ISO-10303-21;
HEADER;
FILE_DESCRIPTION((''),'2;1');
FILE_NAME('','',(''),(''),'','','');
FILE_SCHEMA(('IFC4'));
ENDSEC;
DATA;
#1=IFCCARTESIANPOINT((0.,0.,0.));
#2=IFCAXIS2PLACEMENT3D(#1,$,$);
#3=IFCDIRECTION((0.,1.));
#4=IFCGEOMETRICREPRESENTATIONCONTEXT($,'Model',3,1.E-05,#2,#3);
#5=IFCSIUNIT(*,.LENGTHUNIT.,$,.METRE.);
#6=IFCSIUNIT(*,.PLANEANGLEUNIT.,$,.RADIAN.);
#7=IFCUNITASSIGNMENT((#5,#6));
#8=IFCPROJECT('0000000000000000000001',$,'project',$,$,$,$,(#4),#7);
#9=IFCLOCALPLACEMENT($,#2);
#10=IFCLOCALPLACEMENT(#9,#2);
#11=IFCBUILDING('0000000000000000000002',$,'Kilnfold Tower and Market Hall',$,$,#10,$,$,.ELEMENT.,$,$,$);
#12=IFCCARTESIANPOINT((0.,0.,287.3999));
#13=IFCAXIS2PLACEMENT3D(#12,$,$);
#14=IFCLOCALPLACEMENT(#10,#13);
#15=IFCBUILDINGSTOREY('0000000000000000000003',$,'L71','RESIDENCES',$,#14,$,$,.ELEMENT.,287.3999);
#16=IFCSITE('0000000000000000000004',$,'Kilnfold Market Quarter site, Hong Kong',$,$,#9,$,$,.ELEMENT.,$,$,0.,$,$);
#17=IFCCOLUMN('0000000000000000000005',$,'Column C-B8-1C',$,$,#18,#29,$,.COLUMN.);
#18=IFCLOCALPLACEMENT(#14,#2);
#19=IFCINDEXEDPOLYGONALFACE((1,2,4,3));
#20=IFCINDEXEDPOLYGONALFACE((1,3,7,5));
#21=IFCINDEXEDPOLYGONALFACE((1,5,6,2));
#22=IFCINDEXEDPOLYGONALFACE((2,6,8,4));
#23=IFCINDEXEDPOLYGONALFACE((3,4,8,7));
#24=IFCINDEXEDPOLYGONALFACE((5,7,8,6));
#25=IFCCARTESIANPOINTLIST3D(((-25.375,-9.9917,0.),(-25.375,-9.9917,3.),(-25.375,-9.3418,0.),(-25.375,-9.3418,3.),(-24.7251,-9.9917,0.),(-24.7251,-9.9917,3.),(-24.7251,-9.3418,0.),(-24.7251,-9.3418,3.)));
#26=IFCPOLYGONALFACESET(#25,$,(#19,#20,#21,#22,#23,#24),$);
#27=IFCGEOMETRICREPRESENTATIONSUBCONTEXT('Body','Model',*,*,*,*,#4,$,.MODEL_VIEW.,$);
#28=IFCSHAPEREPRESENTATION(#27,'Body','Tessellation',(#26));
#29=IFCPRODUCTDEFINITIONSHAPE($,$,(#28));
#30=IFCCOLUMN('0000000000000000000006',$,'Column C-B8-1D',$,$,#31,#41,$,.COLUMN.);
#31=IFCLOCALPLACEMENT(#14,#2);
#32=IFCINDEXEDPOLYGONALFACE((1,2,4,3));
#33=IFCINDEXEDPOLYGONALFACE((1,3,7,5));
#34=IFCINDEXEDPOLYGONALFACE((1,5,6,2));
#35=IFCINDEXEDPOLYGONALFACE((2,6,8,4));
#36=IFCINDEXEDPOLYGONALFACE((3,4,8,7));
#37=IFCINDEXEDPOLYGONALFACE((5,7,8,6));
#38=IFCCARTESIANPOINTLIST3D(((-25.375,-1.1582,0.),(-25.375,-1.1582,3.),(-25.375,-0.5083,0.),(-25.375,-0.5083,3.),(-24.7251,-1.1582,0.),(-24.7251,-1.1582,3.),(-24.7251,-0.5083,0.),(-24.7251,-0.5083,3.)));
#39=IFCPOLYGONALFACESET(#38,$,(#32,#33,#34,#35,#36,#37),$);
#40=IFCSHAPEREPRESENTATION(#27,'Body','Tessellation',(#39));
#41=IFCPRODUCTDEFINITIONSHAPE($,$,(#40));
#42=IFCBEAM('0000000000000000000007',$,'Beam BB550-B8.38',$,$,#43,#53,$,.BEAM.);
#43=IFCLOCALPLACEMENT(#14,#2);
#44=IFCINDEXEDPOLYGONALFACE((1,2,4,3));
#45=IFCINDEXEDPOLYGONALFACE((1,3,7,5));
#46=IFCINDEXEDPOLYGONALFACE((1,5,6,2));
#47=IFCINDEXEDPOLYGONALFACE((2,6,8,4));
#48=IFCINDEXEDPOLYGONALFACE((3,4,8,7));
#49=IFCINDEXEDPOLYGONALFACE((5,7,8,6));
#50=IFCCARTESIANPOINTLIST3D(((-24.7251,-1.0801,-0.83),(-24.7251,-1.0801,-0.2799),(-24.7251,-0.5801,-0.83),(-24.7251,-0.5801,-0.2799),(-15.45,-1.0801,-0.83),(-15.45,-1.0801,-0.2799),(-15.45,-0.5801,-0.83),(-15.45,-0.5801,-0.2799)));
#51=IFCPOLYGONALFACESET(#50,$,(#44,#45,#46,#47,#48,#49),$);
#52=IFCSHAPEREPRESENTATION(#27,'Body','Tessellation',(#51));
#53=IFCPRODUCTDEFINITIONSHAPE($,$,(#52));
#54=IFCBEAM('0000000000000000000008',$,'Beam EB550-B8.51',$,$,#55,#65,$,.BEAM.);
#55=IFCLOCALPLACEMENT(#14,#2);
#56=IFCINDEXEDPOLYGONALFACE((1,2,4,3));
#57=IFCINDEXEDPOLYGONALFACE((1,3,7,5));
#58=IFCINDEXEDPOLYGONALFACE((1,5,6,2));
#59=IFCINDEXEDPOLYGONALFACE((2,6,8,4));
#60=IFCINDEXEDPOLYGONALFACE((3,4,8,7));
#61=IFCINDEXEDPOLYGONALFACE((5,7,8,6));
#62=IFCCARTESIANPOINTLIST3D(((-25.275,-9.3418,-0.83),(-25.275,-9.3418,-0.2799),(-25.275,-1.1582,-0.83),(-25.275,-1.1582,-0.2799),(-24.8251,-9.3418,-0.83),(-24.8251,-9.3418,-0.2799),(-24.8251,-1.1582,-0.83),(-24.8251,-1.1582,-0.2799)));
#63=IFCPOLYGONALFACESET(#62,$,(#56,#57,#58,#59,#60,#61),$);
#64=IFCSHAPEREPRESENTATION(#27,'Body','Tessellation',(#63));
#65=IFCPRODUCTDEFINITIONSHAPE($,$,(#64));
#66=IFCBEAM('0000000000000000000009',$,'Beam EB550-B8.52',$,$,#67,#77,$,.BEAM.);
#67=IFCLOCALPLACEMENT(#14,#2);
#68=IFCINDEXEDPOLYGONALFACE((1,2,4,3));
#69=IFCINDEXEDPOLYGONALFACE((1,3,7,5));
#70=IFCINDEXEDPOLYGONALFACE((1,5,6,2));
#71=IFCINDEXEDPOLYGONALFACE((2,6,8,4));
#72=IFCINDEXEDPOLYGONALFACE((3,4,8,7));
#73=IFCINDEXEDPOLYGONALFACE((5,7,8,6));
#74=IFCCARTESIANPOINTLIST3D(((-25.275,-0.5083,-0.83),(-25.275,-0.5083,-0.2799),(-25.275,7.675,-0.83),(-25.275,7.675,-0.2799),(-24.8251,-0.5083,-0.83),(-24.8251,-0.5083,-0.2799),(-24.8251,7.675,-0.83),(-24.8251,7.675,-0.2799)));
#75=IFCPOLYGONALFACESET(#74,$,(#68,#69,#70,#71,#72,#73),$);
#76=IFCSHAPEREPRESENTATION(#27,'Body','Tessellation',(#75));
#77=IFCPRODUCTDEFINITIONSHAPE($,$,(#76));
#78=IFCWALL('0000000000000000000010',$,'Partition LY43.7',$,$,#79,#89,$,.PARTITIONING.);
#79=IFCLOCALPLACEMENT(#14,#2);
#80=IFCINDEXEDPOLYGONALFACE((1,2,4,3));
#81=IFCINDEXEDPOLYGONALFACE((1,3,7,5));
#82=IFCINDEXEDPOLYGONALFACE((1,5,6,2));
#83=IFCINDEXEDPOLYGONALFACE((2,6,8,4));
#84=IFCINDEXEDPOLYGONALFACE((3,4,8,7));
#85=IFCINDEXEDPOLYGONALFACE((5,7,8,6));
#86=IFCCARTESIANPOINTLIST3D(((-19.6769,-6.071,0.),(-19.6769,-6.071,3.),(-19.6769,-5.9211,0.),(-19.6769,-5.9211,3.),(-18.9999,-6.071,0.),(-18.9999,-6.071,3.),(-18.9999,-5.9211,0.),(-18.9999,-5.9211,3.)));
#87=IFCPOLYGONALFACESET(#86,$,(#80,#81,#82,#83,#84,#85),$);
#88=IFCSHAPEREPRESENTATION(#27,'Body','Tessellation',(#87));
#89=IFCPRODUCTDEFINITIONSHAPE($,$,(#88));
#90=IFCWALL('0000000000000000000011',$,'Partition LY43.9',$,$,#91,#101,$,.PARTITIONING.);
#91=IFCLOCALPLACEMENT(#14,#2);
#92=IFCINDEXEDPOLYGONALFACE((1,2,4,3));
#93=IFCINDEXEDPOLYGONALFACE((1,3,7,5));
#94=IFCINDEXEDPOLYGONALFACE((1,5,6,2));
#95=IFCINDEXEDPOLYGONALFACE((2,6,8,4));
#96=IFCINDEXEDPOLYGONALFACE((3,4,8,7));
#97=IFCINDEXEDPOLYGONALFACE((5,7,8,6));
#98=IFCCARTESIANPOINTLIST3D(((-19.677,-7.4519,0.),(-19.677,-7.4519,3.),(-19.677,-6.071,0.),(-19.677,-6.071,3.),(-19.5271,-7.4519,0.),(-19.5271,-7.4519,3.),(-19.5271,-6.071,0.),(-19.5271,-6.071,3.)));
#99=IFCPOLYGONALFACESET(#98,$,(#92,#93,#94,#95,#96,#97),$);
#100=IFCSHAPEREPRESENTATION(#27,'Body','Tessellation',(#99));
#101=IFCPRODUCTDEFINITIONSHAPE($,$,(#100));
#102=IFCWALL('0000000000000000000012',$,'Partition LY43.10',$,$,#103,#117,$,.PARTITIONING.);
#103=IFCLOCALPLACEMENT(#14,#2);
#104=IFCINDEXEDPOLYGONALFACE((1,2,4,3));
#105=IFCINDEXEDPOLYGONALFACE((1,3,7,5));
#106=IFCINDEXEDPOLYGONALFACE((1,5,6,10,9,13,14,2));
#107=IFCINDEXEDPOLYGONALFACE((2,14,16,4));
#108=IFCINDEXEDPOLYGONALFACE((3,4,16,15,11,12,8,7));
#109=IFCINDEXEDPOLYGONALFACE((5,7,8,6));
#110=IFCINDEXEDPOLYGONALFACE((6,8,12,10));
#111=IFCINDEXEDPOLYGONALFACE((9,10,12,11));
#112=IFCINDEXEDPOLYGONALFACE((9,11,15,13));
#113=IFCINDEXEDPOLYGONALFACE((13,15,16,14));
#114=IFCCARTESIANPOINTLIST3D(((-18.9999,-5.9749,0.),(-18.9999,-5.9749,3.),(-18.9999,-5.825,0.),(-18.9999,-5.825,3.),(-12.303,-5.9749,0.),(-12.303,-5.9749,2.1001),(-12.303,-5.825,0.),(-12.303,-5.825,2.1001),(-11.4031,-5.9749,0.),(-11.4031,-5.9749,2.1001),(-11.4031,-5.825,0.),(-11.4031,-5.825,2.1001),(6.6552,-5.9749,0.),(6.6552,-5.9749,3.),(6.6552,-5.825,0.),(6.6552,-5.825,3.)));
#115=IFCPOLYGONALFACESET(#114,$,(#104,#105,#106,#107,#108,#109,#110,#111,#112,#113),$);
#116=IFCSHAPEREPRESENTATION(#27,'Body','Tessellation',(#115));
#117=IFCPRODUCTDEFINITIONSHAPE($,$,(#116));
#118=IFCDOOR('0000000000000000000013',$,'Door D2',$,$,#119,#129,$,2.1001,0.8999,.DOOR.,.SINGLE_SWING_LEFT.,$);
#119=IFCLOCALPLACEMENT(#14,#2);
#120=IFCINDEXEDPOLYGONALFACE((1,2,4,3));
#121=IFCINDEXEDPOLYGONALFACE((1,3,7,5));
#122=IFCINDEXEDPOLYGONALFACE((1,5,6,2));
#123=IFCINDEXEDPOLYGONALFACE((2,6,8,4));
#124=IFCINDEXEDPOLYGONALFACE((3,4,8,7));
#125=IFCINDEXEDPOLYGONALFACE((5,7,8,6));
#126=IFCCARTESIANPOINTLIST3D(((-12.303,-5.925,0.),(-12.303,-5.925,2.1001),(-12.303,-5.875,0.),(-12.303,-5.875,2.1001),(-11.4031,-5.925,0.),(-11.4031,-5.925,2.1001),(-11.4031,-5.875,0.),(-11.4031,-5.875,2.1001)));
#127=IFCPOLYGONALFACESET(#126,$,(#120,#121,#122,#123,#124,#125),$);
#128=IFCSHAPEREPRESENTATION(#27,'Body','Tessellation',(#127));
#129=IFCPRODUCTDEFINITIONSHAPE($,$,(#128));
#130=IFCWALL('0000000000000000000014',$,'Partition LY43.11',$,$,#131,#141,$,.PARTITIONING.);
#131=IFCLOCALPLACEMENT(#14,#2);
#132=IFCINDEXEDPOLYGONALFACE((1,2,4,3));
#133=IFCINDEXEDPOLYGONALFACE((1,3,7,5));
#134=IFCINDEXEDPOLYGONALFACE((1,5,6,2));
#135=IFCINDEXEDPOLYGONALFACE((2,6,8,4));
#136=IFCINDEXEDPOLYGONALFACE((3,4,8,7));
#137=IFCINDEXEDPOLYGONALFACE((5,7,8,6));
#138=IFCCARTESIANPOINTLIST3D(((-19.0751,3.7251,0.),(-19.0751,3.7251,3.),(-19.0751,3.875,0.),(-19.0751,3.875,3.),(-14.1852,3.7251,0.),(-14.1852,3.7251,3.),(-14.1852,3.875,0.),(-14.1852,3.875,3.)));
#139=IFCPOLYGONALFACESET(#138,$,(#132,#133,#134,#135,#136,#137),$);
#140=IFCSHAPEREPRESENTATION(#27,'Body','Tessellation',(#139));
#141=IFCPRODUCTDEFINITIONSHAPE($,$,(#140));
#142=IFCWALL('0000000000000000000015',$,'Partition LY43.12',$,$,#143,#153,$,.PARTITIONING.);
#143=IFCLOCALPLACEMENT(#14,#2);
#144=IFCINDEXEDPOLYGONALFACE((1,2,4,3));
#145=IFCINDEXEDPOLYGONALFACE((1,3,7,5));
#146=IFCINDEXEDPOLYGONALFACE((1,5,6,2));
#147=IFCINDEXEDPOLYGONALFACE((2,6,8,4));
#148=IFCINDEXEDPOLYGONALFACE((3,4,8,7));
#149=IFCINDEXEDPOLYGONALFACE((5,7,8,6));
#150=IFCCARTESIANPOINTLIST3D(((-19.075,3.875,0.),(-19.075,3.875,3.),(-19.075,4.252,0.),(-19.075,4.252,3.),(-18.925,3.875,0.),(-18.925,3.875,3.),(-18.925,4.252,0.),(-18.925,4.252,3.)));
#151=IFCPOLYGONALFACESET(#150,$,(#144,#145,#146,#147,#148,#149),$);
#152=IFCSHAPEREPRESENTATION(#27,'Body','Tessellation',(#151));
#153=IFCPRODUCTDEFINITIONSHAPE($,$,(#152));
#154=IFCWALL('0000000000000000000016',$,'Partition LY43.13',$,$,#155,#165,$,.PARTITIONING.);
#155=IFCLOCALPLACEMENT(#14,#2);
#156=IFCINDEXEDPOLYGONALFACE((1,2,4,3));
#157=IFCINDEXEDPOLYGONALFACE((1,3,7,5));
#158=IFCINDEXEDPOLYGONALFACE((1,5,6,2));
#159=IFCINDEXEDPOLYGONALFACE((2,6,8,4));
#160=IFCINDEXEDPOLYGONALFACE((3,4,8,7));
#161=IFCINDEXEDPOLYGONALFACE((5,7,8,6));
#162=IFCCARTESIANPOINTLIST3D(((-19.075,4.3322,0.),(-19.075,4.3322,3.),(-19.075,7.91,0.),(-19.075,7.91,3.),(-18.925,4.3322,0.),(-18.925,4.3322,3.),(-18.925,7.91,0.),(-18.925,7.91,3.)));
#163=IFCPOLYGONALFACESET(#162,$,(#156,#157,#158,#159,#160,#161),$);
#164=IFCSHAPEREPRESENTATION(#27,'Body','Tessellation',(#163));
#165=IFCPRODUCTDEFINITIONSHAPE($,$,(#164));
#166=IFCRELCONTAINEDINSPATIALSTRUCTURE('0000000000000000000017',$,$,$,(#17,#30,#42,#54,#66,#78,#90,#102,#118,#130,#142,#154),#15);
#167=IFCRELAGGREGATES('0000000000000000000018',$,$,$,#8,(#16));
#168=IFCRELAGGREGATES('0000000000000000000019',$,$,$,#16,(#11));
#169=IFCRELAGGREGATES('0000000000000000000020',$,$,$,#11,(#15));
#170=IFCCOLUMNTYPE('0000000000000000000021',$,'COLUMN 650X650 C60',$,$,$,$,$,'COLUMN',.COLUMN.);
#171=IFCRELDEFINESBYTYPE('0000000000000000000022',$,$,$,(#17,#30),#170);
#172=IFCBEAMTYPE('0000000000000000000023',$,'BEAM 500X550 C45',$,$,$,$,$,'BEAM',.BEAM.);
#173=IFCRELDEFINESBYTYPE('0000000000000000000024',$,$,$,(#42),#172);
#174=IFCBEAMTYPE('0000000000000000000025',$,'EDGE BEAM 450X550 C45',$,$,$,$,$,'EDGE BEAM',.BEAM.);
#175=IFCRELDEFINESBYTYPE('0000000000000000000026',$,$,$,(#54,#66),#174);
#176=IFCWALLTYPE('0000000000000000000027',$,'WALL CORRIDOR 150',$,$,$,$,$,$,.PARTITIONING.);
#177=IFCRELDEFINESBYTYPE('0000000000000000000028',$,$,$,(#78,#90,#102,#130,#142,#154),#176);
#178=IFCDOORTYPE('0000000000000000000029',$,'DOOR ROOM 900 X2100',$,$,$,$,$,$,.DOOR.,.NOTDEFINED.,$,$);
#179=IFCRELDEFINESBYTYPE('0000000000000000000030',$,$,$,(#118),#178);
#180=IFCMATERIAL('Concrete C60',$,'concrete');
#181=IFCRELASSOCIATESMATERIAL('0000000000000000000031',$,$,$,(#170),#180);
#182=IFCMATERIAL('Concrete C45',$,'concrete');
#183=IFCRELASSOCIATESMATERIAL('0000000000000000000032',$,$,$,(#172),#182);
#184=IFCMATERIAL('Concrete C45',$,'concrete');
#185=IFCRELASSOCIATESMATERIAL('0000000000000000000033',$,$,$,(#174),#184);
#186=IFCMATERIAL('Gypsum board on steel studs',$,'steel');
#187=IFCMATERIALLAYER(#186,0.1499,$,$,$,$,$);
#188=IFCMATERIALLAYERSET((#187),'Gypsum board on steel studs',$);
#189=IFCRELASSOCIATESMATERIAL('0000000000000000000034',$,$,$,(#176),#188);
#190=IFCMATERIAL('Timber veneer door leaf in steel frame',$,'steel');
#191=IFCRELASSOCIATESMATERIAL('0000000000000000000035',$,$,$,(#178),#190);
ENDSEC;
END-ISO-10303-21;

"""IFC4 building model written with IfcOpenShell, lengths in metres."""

from ifc_helpers import new_model, si_unit, direction, frame, frame_2d, origin, origin_2d, place, context, subcontext, project, spatial, rectangle, extrude, source, transform, mapped, material, layer, layer_set, material_profile, profile_set, type_object, element, fill, save


model = new_model("IFC4")

# Units and contexts
model_context = context("Model", 3, precision=1e-05, world=origin(), true_north=direction((0.0, 1.0)))
body_context = subcontext(model_context, "Body", "Model", "MODEL_VIEW")
ifc_project = project(units=[si_unit("LENGTHUNIT", "METRE"), si_unit("PLANEANGLEUNIT", "RADIAN")], contexts=[model_context])

# Site, building, storey
site_placement = place(None, origin())
site = spatial("IfcSite", under=ifc_project, at=site_placement, Name="Kilnfold Market Quarter site, Hong Kong", CompositionType="ELEMENT", RefElevation=0.0)
building_placement = place(site_placement, origin())
building = spatial("IfcBuilding", under=site, at=building_placement, Name="Kilnfold Tower and Market Hall", CompositionType="ELEMENT")
storey_placement = place(building_placement, frame((0.0, 0.0, 287.3999)))
storey = spatial("IfcBuildingStorey", under=building, at=storey_placement, Name="L71", Description="RESIDENCES", CompositionType="ELEMENT", Elevation=287.3999)

# Columns
ifc_material_1 = material(Name="Concrete C60", Category="concrete")
ifc_material_profile_1 = material_profile(ifc_material_1, rectangle(XDim=0.6499, YDim=0.6499, at=origin_2d()), Name="RC 650x650")
ifc_profile_set_1 = profile_set([ifc_material_profile_1], Name="Concrete C60")
column_type = type_object("IfcColumnType", Name="COLUMN 650X650 C60", ElementType="COLUMN", PredefinedType="COLUMN", material=ifc_profile_set_1)
shared_shape_1 = source(origin(), body_context, "Body", "SweptSolid", [
    extrude(rectangle(XDim=0.6499, YDim=0.6499, at=origin_2d()), origin(), (0.0, 0.0, 1.0), 3.0),
])
for number, where, z_axis, x_axis, name in (
    (1, (-25.05, -9.6667, 0.0), (0.0, 0.0, 1.0), (1.0, 0.0, 0.0), "Column C-B8-1C"),
    (2, (-25.05, -0.8333, 0.0), (0.0, 0.0, 1.0), (1.0, 0.0, 0.0), "Column C-B8-1D"),
):
    element("IfcColumn", number, at=place(storey_placement, frame(where, z_axis=z_axis, x_axis=x_axis)), inside=storey, type_object=column_type, Name=name, PredefinedType="COLUMN", context=body_context, shape_type="MappedRepresentation", body=[
        mapped(shared_shape_1, transform((0.0, 0.0, 0.0))),
    ])

# Beams
ifc_material_2 = material(Name="Concrete C45", Category="concrete")
ifc_material_profile_2 = material_profile(ifc_material_2, rectangle(XDim=0.5, YDim=0.55, at=origin_2d()), Name="RC 500x550")
ifc_profile_set_2 = profile_set([ifc_material_profile_2], Name="Concrete C45")
beam_type_1 = type_object("IfcBeamType", Name="BEAM 500X550 C45", ElementType="BEAM", PredefinedType="BEAM", material=ifc_profile_set_2)
shared_shape_2 = source(origin(), body_context, "Body", "SweptSolid", [
    extrude(rectangle(XDim=0.5, YDim=0.55, at=origin_2d()), origin(), (0.0, 0.0, 1.0), 9.2751),
])
beam_1_placement = place(storey_placement, frame((-24.7251, -0.8301, -0.5549), z_axis=(1.0, 0.0, 0.0), x_axis=(0.0, 1.0, 0.0)))
element("IfcBeam", 3, at=beam_1_placement, inside=storey, type_object=beam_type_1, Name="Beam BB550-B8.38", PredefinedType="BEAM", context=body_context, shape_type="MappedRepresentation", body=[
    mapped(shared_shape_2, transform((0.0, 0.0, 0.0))),
])
ifc_material_3 = material(Name="Concrete C45", Category="concrete")
ifc_material_profile_3 = material_profile(ifc_material_3, rectangle(XDim=0.45, YDim=0.55, at=origin_2d()), Name="RC 450x550")
ifc_profile_set_3 = profile_set([ifc_material_profile_3], Name="Concrete C45")
beam_type_2 = type_object("IfcBeamType", Name="EDGE BEAM 450X550 C45", ElementType="EDGE BEAM", PredefinedType="BEAM", material=ifc_profile_set_3)
shared_shape_3 = source(origin(), body_context, "Body", "SweptSolid", [
    extrude(rectangle(XDim=0.45, YDim=0.55, at=origin_2d()), origin(), (0.0, 0.0, 1.0), 8.1836),
])
beam_2_placement = place(storey_placement, frame((-25.05, -9.3418, -0.5549), z_axis=(0.0, 1.0, 0.0), x_axis=(-1.0, 0.0, 0.0)))
element("IfcBeam", 4, at=beam_2_placement, inside=storey, type_object=beam_type_2, Name="Beam EB550-B8.51", PredefinedType="BEAM", context=body_context, shape_type="MappedRepresentation", body=[
    mapped(shared_shape_3, transform((0.0, 0.0, 0.0))),
])
shared_shape_4 = source(origin(), body_context, "Body", "SweptSolid", [
    extrude(rectangle(XDim=0.45, YDim=0.55, at=origin_2d()), origin(), (0.0, 0.0, 1.0), 8.1833),
])
beam_3_placement = place(storey_placement, frame((-25.05, -0.5083, -0.5549), z_axis=(0.0, 1.0, 0.0), x_axis=(-1.0, 0.0, 0.0)))
element("IfcBeam", 5, at=beam_3_placement, inside=storey, type_object=beam_type_2, Name="Beam EB550-B8.52", PredefinedType="BEAM", context=body_context, shape_type="MappedRepresentation", body=[
    mapped(shared_shape_4, transform((0.0, 0.0, 0.0))),
])

# Walls
ifc_material_4 = material(Name="Gypsum board on steel studs", Category="steel")
ifc_layer_1 = layer(ifc_material_4, 0.1499)
ifc_layer_set_1 = layer_set([ifc_layer_1], Name="Gypsum board on steel studs")
wall_type_1 = type_object("IfcWallType", Name="WALL CORRIDOR 150", PredefinedType="PARTITIONING", material=ifc_layer_set_1)
wall_1_placement = place(storey_placement, frame((-19.0, -5.9961, 0.0), z_axis=(0.0, 0.0, 1.0), x_axis=(-1.0, 0.0, 0.0)))
element("IfcWall", 6, at=wall_1_placement, inside=storey, type_object=wall_type_1, Name="Partition LY43.7", PredefinedType="PARTITIONING", context=body_context, shape_type="SweptSolid", body=[
    extrude(rectangle(XDim=0.677, YDim=0.1499, at=frame_2d((0.3384, 0.0))), origin(), (0.0, 0.0, 1.0), 3.0),
])
wall_2_placement = place(storey_placement, frame((-19.6021, -7.4519, 0.0), z_axis=(0.0, 0.0, 1.0), x_axis=(0.0, 1.0, 0.0)))
element("IfcWall", 7, at=wall_2_placement, inside=storey, type_object=wall_type_1, Name="Partition LY43.9", PredefinedType="PARTITIONING", context=body_context, shape_type="SweptSolid", body=[
    extrude(rectangle(XDim=1.3809, YDim=0.1499, at=frame_2d((0.6904, 0.0))), origin(), (0.0, 0.0, 1.0), 3.0),
])

# Wall, opening, door
wall_3_placement = place(storey_placement, frame((-19.0, -5.8999, 0.0), z_axis=(0.0, 0.0, 1.0), x_axis=(1.0, 0.0, 0.0)))
wall_3 = element("IfcWall", 8, at=wall_3_placement, inside=storey, type_object=wall_type_1, Name="Partition LY43.10", PredefinedType="PARTITIONING", context=body_context, shape_type="SweptSolid", body=[
    extrude(rectangle(XDim=25.655, YDim=0.1499, at=frame_2d((12.8276, 0.0))), origin(), (0.0, 0.0, 1.0), 3.0),
])
opening_1_placement = place(wall_3_placement, frame((6.697, 0.0, 0.0)))
opening_1 = element("IfcOpeningElement", 9, at=opening_1_placement, cuts=wall_3, PredefinedType="OPENING", context=body_context, shape_type="SweptSolid", body=[
    extrude(rectangle(XDim=0.8999, YDim=2.1001, at=frame_2d((0.45, 1.05))), frame((0.0, 0.085, 0.0), z_axis=(0.0, -1.0, 0.0), x_axis=(1.0, 0.0, 0.0)), (0.0, 0.0, 1.0), 0.1699),
])
ifc_material_5 = material(Name="Timber veneer door leaf in steel frame", Category="steel")
door_type = type_object("IfcDoorType", Name="DOOR ROOM 900 X2100", OperationType="NOTDEFINED", PredefinedType="DOOR", material=ifc_material_5)
door_1_placement = place(opening_1_placement, origin())
door_1 = element("IfcDoor", 10, at=door_1_placement, inside=storey, type_object=door_type, Name="Door D2", OperationType="SINGLE_SWING_LEFT", OverallHeight=2.1001, OverallWidth=0.8999, PredefinedType="DOOR", context=body_context, shape_type="SweptSolid", body=[
    extrude(rectangle(XDim=0.8999, YDim=2.1001, at=frame_2d((0.45, 1.05))), frame((0.0, 0.0249, 0.0), z_axis=(0.0, -1.0, 0.0), x_axis=(1.0, 0.0, 0.0)), (0.0, 0.0, 1.0), 0.05),
])
fill(opening_1, door_1)

# Walls
wall_4_placement = place(storey_placement, frame((-19.075, 3.8, 0.0), z_axis=(0.0, 0.0, 1.0), x_axis=(1.0, 0.0, 0.0)))
element("IfcWall", 11, at=wall_4_placement, inside=storey, type_object=wall_type_1, Name="Partition LY43.11", PredefinedType="PARTITIONING", context=body_context, shape_type="SweptSolid", body=[
    extrude(rectangle(XDim=4.8899, YDim=0.1499, at=frame_2d((2.4448, 0.0))), origin(), (0.0, 0.0, 1.0), 3.0),
])
wall_5_placement = place(storey_placement, frame((-19.0, 3.875, 0.0), z_axis=(0.0, 0.0, 1.0), x_axis=(0.0, 1.0, 0.0)))
element("IfcWall", 12, at=wall_5_placement, inside=storey, type_object=wall_type_1, Name="Partition LY43.12", PredefinedType="PARTITIONING", context=body_context, shape_type="SweptSolid", body=[
    extrude(rectangle(XDim=0.377, YDim=0.1499, at=frame_2d((0.1885, 0.0))), origin(), (0.0, 0.0, 1.0), 3.0),
])
wall_6_placement = place(storey_placement, frame((-19.0, 4.332, 0.0), z_axis=(0.0, 0.0, 1.0), x_axis=(0.0, 1.0, 0.0)))
element("IfcWall", 13, at=wall_6_placement, inside=storey, type_object=wall_type_1, Name="Partition LY43.13", PredefinedType="PARTITIONING", context=body_context, shape_type="SweptSolid", body=[
    extrude(rectangle(XDim=3.5779, YDim=0.1499, at=frame_2d((1.7891, 0.0))), origin(), (0.0, 0.0, 1.0), 3.0),
])

save(model, "model.ifc")
